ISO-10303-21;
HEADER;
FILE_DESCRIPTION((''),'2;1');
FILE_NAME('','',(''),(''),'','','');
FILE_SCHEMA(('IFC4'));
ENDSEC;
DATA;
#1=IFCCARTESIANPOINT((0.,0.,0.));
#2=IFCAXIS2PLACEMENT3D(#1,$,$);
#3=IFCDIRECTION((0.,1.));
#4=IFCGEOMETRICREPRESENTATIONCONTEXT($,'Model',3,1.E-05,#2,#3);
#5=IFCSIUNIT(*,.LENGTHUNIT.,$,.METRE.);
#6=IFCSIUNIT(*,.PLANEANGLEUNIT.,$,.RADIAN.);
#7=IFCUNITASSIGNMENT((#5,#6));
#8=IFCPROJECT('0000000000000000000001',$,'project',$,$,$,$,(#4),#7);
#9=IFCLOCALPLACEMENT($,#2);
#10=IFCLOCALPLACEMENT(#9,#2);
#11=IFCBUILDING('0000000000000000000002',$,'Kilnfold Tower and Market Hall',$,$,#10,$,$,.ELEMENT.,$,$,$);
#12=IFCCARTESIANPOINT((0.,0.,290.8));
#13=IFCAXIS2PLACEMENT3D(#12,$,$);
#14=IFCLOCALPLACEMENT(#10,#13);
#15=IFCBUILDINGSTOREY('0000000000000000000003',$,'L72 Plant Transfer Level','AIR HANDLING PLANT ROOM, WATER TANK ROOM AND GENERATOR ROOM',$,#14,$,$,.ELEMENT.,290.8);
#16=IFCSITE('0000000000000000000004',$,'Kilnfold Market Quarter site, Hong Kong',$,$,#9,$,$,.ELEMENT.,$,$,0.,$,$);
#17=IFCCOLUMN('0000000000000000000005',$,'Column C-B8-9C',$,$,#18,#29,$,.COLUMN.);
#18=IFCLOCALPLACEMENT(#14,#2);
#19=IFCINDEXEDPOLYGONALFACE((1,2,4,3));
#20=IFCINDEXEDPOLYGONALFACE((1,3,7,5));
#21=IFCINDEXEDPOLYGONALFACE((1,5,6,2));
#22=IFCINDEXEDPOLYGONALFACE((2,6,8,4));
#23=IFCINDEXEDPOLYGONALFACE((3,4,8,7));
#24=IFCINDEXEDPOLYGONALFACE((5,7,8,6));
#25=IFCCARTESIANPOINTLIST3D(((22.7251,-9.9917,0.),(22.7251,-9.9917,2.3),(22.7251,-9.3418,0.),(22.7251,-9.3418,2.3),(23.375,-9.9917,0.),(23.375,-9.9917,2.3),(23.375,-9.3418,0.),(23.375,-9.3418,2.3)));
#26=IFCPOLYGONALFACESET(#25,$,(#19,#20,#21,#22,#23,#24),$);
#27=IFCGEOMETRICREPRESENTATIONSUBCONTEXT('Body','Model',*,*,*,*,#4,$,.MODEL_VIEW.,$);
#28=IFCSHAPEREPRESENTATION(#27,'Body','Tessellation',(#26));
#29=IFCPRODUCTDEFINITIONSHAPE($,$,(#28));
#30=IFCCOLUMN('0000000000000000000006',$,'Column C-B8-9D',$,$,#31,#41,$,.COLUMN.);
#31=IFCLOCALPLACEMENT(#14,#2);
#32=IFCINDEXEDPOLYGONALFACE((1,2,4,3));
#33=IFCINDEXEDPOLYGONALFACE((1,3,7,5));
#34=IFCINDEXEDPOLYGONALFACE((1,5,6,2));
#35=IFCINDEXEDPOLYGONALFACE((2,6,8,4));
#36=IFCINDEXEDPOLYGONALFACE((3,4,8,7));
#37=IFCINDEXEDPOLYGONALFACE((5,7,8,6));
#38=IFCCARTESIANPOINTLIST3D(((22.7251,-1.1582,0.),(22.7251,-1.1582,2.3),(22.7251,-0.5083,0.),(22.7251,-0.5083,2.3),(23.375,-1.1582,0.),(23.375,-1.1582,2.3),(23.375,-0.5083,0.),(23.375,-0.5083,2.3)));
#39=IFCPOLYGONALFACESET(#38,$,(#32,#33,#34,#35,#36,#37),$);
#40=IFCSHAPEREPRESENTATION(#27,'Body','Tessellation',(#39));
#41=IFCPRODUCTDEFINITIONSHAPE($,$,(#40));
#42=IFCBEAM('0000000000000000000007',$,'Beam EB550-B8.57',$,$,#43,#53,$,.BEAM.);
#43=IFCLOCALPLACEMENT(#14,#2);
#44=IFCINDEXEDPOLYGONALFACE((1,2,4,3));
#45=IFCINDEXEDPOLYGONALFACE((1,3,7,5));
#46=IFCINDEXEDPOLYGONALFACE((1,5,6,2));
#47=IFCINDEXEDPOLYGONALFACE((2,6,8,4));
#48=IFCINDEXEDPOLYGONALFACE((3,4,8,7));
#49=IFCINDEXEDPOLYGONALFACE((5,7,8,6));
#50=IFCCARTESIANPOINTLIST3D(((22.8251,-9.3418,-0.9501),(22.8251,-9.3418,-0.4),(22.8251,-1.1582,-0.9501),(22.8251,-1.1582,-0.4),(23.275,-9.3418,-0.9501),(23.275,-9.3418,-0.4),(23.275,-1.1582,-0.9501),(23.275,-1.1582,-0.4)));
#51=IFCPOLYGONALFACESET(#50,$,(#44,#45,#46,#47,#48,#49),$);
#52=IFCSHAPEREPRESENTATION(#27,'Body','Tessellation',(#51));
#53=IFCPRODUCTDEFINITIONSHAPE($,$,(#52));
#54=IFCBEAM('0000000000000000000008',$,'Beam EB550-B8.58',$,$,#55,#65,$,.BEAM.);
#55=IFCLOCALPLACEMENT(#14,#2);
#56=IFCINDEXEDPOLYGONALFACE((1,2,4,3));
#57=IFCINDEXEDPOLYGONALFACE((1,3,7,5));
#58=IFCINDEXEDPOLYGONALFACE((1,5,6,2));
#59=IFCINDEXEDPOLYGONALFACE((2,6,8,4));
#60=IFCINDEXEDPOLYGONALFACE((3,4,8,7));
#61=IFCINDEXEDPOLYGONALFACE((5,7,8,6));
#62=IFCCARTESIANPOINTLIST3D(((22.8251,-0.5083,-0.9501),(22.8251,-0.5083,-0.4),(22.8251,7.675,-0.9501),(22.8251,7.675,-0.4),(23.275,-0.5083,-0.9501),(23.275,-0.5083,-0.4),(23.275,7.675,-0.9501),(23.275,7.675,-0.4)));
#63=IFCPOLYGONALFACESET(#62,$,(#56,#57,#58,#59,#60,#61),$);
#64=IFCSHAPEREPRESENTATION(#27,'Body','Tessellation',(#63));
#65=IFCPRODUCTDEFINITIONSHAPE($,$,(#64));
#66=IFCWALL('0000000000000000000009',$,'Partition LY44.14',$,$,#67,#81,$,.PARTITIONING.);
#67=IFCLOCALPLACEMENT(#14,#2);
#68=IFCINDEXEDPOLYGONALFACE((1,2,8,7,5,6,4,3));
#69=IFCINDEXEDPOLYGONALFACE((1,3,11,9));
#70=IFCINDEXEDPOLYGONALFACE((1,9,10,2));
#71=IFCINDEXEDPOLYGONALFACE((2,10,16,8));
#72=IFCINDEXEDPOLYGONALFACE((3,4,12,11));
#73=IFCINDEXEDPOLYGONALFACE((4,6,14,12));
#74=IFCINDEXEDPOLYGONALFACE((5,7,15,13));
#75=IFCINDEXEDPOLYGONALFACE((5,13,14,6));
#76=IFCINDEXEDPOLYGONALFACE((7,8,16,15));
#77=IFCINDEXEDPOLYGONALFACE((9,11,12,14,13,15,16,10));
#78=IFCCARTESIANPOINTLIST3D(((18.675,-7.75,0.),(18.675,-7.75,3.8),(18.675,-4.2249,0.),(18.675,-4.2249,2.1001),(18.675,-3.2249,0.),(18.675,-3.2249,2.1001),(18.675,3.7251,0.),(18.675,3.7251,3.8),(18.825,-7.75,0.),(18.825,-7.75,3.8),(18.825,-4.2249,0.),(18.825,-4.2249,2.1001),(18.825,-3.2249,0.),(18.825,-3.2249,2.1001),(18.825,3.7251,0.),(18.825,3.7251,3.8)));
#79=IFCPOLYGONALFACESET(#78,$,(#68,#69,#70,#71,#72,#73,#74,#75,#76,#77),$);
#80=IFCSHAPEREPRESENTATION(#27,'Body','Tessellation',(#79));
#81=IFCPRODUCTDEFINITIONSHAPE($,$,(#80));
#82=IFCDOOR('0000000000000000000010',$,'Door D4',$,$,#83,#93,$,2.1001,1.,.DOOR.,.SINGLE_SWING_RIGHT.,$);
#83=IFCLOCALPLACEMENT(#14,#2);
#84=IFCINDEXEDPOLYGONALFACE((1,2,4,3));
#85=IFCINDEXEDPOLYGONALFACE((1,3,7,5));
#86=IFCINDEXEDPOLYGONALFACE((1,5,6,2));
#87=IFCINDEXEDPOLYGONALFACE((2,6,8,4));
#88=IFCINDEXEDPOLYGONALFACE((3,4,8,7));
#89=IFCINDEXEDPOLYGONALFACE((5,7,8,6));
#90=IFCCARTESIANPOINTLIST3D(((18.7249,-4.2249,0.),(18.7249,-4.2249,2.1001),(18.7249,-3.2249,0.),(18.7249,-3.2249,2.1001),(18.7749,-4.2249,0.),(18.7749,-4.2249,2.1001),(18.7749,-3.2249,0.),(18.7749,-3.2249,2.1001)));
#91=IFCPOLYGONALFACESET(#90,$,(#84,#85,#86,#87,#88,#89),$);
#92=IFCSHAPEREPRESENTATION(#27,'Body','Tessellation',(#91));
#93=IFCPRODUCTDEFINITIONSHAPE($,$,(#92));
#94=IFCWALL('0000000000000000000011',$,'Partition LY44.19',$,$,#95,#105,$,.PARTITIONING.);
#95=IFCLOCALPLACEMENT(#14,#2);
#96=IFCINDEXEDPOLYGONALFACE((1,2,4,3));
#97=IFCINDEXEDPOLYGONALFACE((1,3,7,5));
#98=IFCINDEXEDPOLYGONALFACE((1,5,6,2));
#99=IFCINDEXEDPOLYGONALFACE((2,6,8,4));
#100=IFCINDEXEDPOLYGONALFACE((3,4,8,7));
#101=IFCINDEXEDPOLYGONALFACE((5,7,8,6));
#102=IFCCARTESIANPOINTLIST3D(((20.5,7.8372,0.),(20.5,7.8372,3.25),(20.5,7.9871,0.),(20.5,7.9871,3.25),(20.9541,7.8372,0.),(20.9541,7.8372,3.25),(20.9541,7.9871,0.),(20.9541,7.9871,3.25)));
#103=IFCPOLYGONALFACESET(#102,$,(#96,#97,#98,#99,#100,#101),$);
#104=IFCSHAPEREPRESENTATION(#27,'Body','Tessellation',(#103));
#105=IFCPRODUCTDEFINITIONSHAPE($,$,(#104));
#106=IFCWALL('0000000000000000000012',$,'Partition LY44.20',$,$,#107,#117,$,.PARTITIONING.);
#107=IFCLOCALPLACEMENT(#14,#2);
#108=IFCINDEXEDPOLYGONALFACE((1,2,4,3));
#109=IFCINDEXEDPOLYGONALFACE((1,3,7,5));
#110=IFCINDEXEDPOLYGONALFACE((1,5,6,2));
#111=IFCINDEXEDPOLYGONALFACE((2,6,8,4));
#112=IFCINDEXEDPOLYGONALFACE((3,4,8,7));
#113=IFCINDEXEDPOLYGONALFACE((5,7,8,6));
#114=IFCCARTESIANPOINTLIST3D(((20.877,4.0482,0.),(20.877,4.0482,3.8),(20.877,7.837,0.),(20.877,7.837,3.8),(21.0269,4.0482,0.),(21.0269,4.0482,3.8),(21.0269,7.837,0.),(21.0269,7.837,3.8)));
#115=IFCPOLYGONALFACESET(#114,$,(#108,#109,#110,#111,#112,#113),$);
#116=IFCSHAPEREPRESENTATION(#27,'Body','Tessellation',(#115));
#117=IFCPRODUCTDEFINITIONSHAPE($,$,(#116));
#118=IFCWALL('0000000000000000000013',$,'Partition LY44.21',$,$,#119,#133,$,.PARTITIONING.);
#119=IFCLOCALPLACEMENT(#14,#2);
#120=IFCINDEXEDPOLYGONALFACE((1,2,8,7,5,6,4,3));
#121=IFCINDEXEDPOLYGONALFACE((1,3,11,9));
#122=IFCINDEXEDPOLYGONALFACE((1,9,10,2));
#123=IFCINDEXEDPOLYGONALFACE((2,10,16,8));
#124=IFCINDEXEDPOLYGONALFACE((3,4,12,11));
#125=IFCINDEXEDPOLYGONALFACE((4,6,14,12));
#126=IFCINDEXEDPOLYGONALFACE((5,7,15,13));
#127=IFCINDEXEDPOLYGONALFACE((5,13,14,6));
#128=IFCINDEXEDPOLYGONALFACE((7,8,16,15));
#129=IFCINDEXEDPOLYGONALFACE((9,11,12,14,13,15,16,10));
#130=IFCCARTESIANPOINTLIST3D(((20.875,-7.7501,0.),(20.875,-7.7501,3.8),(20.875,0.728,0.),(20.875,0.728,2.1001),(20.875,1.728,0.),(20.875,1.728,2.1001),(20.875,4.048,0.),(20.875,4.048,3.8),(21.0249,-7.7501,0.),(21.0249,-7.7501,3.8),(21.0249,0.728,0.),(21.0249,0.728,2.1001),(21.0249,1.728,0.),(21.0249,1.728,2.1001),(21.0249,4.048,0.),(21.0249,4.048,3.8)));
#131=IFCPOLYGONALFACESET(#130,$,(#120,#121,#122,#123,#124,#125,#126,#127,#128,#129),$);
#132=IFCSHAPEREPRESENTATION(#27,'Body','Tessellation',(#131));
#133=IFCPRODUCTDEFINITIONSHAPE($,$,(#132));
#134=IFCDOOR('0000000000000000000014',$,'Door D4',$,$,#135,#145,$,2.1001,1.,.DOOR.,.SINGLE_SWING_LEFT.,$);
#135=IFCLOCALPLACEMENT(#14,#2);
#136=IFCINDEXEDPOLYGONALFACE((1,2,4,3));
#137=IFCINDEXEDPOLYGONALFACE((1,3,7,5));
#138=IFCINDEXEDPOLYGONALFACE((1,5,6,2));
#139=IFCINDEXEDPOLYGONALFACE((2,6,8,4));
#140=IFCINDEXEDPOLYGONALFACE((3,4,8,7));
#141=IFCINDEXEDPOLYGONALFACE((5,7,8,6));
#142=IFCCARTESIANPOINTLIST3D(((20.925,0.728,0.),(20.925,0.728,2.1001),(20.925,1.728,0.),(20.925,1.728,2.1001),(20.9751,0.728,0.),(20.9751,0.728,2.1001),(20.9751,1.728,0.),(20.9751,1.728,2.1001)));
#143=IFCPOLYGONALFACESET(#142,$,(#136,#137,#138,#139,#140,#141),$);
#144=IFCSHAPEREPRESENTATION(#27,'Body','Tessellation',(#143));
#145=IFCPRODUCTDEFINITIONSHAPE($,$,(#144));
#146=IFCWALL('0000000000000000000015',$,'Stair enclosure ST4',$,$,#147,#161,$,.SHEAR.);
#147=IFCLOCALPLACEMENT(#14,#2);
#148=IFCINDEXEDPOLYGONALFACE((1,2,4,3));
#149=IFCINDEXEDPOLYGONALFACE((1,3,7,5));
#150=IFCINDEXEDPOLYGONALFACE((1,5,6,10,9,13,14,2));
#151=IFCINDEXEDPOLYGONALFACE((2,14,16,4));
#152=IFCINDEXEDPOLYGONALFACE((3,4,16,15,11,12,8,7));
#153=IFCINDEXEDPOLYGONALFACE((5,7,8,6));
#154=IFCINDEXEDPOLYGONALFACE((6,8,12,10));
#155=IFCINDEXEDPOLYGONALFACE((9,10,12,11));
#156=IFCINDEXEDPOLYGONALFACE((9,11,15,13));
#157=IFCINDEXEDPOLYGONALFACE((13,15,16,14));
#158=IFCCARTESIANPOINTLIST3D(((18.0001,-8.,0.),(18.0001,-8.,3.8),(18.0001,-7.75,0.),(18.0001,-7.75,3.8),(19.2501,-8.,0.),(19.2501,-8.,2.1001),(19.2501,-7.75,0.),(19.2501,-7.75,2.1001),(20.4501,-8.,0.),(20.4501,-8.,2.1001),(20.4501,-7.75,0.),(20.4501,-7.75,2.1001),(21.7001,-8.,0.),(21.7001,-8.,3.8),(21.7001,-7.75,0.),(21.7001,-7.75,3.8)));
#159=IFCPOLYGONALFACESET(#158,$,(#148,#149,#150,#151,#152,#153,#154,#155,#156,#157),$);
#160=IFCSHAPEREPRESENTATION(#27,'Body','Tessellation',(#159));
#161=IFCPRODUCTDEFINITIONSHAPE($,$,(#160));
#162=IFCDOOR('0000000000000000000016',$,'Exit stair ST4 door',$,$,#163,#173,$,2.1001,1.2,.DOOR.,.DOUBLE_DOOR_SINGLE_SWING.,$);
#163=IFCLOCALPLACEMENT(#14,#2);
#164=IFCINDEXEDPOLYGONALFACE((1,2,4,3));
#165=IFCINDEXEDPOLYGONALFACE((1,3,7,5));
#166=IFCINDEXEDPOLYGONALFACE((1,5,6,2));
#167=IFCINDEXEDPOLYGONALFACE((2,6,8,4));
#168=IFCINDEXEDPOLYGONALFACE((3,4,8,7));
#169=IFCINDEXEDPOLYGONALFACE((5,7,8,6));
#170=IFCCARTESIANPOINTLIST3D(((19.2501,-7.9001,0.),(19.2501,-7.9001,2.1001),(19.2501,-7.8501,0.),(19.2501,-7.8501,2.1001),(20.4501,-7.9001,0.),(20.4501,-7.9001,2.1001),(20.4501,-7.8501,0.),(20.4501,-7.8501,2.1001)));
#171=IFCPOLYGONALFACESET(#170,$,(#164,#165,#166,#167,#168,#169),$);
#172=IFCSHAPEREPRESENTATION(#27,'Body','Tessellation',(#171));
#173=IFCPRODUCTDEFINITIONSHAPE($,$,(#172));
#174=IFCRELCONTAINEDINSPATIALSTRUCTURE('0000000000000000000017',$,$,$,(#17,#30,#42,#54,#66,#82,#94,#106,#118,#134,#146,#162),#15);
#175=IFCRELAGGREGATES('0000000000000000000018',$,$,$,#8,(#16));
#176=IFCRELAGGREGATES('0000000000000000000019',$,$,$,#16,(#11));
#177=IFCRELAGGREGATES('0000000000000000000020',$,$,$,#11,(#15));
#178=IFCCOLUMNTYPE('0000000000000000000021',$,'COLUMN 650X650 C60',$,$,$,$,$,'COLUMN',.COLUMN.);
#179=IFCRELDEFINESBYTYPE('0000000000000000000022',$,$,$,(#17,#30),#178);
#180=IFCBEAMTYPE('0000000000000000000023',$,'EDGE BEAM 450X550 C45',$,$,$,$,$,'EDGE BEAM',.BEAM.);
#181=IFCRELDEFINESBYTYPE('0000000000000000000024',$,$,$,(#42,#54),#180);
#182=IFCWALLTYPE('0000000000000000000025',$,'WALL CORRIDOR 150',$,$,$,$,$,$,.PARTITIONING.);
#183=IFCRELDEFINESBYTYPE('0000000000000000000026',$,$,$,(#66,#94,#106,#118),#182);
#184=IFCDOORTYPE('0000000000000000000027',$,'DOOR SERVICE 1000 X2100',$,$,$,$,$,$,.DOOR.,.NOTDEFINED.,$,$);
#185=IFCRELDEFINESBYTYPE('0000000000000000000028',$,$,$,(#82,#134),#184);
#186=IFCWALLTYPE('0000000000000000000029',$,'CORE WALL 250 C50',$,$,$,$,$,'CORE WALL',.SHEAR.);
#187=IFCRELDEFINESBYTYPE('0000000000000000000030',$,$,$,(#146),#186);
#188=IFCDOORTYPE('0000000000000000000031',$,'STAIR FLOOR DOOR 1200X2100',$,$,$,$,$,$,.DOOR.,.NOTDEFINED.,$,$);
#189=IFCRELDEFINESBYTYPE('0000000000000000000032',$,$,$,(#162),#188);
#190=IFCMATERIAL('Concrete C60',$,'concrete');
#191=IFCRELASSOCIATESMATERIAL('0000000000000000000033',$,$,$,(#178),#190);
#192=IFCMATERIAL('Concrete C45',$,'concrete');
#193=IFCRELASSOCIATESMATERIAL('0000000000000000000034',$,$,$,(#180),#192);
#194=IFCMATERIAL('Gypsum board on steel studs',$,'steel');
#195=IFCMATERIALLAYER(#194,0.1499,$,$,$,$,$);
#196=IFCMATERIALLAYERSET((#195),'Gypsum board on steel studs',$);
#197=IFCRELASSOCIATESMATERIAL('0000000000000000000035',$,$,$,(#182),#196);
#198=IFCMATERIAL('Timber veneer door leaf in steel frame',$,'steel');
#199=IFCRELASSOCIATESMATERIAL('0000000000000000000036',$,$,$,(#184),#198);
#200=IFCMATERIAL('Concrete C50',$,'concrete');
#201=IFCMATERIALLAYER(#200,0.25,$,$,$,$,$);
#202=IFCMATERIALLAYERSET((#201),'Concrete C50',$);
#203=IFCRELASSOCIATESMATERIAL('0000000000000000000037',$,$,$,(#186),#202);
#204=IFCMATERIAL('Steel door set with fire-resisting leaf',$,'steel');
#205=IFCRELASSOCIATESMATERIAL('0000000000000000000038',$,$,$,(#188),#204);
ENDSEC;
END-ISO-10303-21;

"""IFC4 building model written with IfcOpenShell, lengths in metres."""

from ifc_helpers import new_model, si_unit, direction, frame, frame_2d, origin, origin_2d, place, context, subcontext, project, spatial, rectangle, extrude, source, transform, mapped, material, layer, layer_set, material_profile, profile_set, type_object, element, fill, save


model = new_model("IFC4")

# Units and contexts
model_context = context("Model", 3, precision=1e-05, world=origin(), true_north=direction((0.0, 1.0)))
body_context = subcontext(model_context, "Body", "Model", "MODEL_VIEW")
ifc_project = project(units=[si_unit("LENGTHUNIT", "METRE"), si_unit("PLANEANGLEUNIT", "RADIAN")], contexts=[model_context])

# Site, building, storey
site_placement = place(None, origin())
site = spatial("IfcSite", under=ifc_project, at=site_placement, Name="Kilnfold Market Quarter site, Hong Kong", CompositionType="ELEMENT", RefElevation=0.0)
building_placement = place(site_placement, origin())
building = spatial("IfcBuilding", under=site, at=building_placement, Name="Kilnfold Tower and Market Hall", CompositionType="ELEMENT")
storey_placement = place(building_placement, frame((0.0, 0.0, 290.8)))
storey = spatial("IfcBuildingStorey", under=building, at=storey_placement, Name="L72 Plant Transfer Level", Description="AIR HANDLING PLANT ROOM, WATER TANK ROOM AND GENERATOR ROOM", CompositionType="ELEMENT", Elevation=290.8)

# Columns
ifc_material_1 = material(Name="Concrete C60", Category="concrete")
ifc_material_profile_1 = material_profile(ifc_material_1, rectangle(XDim=0.6499, YDim=0.6499, at=origin_2d()), Name="RC 650x650")
ifc_profile_set_1 = profile_set([ifc_material_profile_1], Name="Concrete C60")
column_type = type_object("IfcColumnType", Name="COLUMN 650X650 C60", ElementType="COLUMN", PredefinedType="COLUMN", material=ifc_profile_set_1)
shared_shape_1 = source(origin(), body_context, "Body", "SweptSolid", [
    extrude(rectangle(XDim=0.6499, YDim=0.6499, at=origin_2d()), origin(), (0.0, 0.0, 1.0), 2.3),
])
for number, where, z_axis, x_axis, name in (
    (1, (23.05, -9.6667, 0.0), (0.0, 0.0, 1.0), (1.0, 0.0, 0.0), "Column C-B8-9C"),
    (2, (23.05, -0.8333, 0.0), (0.0, 0.0, 1.0), (1.0, 0.0, 0.0), "Column C-B8-9D"),
):
    element("IfcColumn", number, at=place(storey_placement, frame(where, z_axis=z_axis, x_axis=x_axis)), inside=storey, type_object=column_type, Name=name, PredefinedType="COLUMN", context=body_context, shape_type="MappedRepresentation", body=[
        mapped(shared_shape_1, transform((0.0, 0.0, 0.0))),
    ])

# Beams
ifc_material_2 = material(Name="Concrete C45", Category="concrete")
ifc_material_profile_2 = material_profile(ifc_material_2, rectangle(XDim=0.45, YDim=0.55, at=origin_2d()), Name="RC 450x550")
ifc_profile_set_2 = profile_set([ifc_material_profile_2], Name="Concrete C45")
beam_type = type_object("IfcBeamType", Name="EDGE BEAM 450X550 C45", ElementType="EDGE BEAM", PredefinedType="BEAM", material=ifc_profile_set_2)
shared_shape_2 = source(origin(), body_context, "Body", "SweptSolid", [
    extrude(rectangle(XDim=0.45, YDim=0.55, at=origin_2d()), origin(), (0.0, 0.0, 1.0), 8.1836),
])
beam_1_placement = place(storey_placement, frame((23.05, -9.3418, -0.675), z_axis=(0.0, 1.0, 0.0), x_axis=(-1.0, 0.0, 0.0)))
element("IfcBeam", 3, at=beam_1_placement, inside=storey, type_object=beam_type, Name="Beam EB550-B8.57", PredefinedType="BEAM", context=body_context, shape_type="MappedRepresentation", body=[
    mapped(shared_shape_2, transform((0.0, 0.0, 0.0))),
])
shared_shape_3 = source(origin(), body_context, "Body", "SweptSolid", [
    extrude(rectangle(XDim=0.45, YDim=0.55, at=origin_2d()), origin(), (0.0, 0.0, 1.0), 8.1833),
])
beam_2_placement = place(storey_placement, frame((23.05, -0.5083, -0.675), z_axis=(0.0, 1.0, 0.0), x_axis=(-1.0, 0.0, 0.0)))
element("IfcBeam", 4, at=beam_2_placement, inside=storey, type_object=beam_type, Name="Beam EB550-B8.58", PredefinedType="BEAM", context=body_context, shape_type="MappedRepresentation", body=[
    mapped(shared_shape_3, transform((0.0, 0.0, 0.0))),
])

# Wall, opening, door
ifc_material_3 = material(Name="Gypsum board on steel studs", Category="steel")
ifc_layer_1 = layer(ifc_material_3, 0.1499)
ifc_layer_set_1 = layer_set([ifc_layer_1], Name="Gypsum board on steel studs")
wall_type_1 = type_object("IfcWallType", Name="WALL CORRIDOR 150", PredefinedType="PARTITIONING", material=ifc_layer_set_1)
wall_1_placement = place(storey_placement, frame((18.75, 3.7251, 0.0), z_axis=(0.0, 0.0, 1.0), x_axis=(0.0, -1.0, 0.0)))
wall_1 = element("IfcWall", 5, at=wall_1_placement, inside=storey, type_object=wall_type_1, Name="Partition LY44.14", PredefinedType="PARTITIONING", context=body_context, shape_type="SweptSolid", body=[
    extrude(rectangle(XDim=11.4751, YDim=0.1499, at=frame_2d((5.7375, 0.0))), origin(), (0.0, 0.0, 1.0), 3.8),
])
opening_1_placement = place(wall_1_placement, frame((6.95, 0.0, 0.0)))
opening_1 = element("IfcOpeningElement", 6, at=opening_1_placement, cuts=wall_1, PredefinedType="OPENING", context=body_context, shape_type="SweptSolid", body=[
    extrude(rectangle(XDim=1.0, YDim=2.1001, at=frame_2d((0.5, 1.05))), frame((0.0, 0.085, 0.0), z_axis=(0.0, -1.0, 0.0), x_axis=(1.0, 0.0, 0.0)), (0.0, 0.0, 1.0), 0.1699),
])
ifc_material_4 = material(Name="Timber veneer door leaf in steel frame", Category="steel")
door_type_1 = type_object("IfcDoorType", Name="DOOR SERVICE 1000 X2100", OperationType="NOTDEFINED", PredefinedType="DOOR", material=ifc_material_4)
door_1_placement = place(opening_1_placement, origin())
door_1 = element("IfcDoor", 7, at=door_1_placement, inside=storey, type_object=door_type_1, Name="Door D4", OperationType="SINGLE_SWING_RIGHT", OverallHeight=2.1001, OverallWidth=1.0, PredefinedType="DOOR", context=body_context, shape_type="SweptSolid", body=[
    extrude(rectangle(XDim=1.0, YDim=2.1001, at=frame_2d((0.5, 1.05))), frame((0.0, 0.0249, 0.0), z_axis=(0.0, -1.0, 0.0), x_axis=(1.0, 0.0, 0.0)), (0.0, 0.0, 1.0), 0.05),
])
fill(opening_1, door_1)

# Walls
wall_2_placement = place(storey_placement, frame((20.9541, 7.9121, 0.0), z_axis=(0.0, 0.0, 1.0), x_axis=(-1.0, 0.0, 0.0)))
element("IfcWall", 8, at=wall_2_placement, inside=storey, type_object=wall_type_1, Name="Partition LY44.19", PredefinedType="PARTITIONING", context=body_context, shape_type="SweptSolid", body=[
    extrude(rectangle(XDim=0.4541, YDim=0.1499, at=frame_2d((0.2271, 0.0))), origin(), (0.0, 0.0, 1.0), 3.25),
])
wall_3_placement = place(storey_placement, frame((20.9519, 4.0481, 0.0), z_axis=(0.0, 0.0, 1.0), x_axis=(0.0, 1.0, 0.0)))
element("IfcWall", 9, at=wall_3_placement, inside=storey, type_object=wall_type_1, Name="Partition LY44.20", PredefinedType="PARTITIONING", context=body_context, shape_type="SweptSolid", body=[
    extrude(rectangle(XDim=3.7888, YDim=0.1499, at=frame_2d((1.8945, 0.0))), origin(), (0.0, 0.0, 1.0), 3.8),
])

# Walls, openings, doors
wall_4_placement = place(storey_placement, frame((20.95, -7.75, 0.0), z_axis=(0.0, 0.0, 1.0), x_axis=(0.0, 1.0, 0.0)))
wall_4 = element("IfcWall", 10, at=wall_4_placement, inside=storey, type_object=wall_type_1, Name="Partition LY44.21", PredefinedType="PARTITIONING", context=body_context, shape_type="SweptSolid", body=[
    extrude(rectangle(XDim=11.7981, YDim=0.1499, at=frame_2d((5.8989, 0.0))), origin(), (0.0, 0.0, 1.0), 3.8),
])
opening_2_placement = place(wall_4_placement, frame((8.478, 0.0, 0.0)))
opening_2 = element("IfcOpeningElement", 11, at=opening_2_placement, cuts=wall_4, PredefinedType="OPENING", context=body_context, shape_type="SweptSolid", body=[
    extrude(rectangle(XDim=1.0, YDim=2.1001, at=frame_2d((0.5, 1.05))), frame((0.0, 0.085, 0.0), z_axis=(0.0, -1.0, 0.0), x_axis=(1.0, 0.0, 0.0)), (0.0, 0.0, 1.0), 0.1699),
])
door_2_placement = place(opening_2_placement, origin())
door_2 = element("IfcDoor", 12, at=door_2_placement, inside=storey, type_object=door_type_1, Name="Door D4", OperationType="SINGLE_SWING_LEFT", OverallHeight=2.1001, OverallWidth=1.0, PredefinedType="DOOR", context=body_context, shape_type="SweptSolid", body=[
    extrude(rectangle(XDim=1.0, YDim=2.1001, at=frame_2d((0.5, 1.05))), frame((0.0, 0.0249, 0.0), z_axis=(0.0, -1.0, 0.0), x_axis=(1.0, 0.0, 0.0)), (0.0, 0.0, 1.0), 0.05),
])
fill(opening_2, door_2)
ifc_material_5 = material(Name="Concrete C50", Category="concrete")
ifc_layer_2 = layer(ifc_material_5, 0.25)
ifc_layer_set_2 = layer_set([ifc_layer_2], Name="Concrete C50")
wall_type_2 = type_object("IfcWallType", Name="CORE WALL 250 C50", ElementType="CORE WALL", PredefinedType="SHEAR", material=ifc_layer_set_2)
shared_shape_4 = source(origin(), body_context, "Body", "SweptSolid", [
    extrude(rectangle(XDim=3.7, YDim=0.25, at=frame_2d((1.8501, 0.0))), origin(), (0.0, 0.0, 1.0), 3.8),
])
wall_5_placement = place(storey_placement, frame((18.0, -7.875, 0.0), z_axis=(0.0, 0.0, 1.0), x_axis=(1.0, 0.0, 0.0)))
wall_5 = element("IfcWall", 13, at=wall_5_placement, inside=storey, type_object=wall_type_2, Name="Stair enclosure ST4", PredefinedType="SHEAR", context=body_context, shape_type="MappedRepresentation", body=[
    mapped(shared_shape_4, transform((0.0, 0.0, 0.0))),
])
opening_3_placement = place(wall_5_placement, frame((1.25, 0.0, 0.0)))
opening_3 = element("IfcOpeningElement", 14, at=opening_3_placement, cuts=wall_5, PredefinedType="OPENING", context=body_context, shape_type="SweptSolid", body=[
    extrude(rectangle(XDim=1.2, YDim=2.1001, at=frame_2d((0.6001, 1.05))), frame((0.0, 0.135, 0.0), z_axis=(0.0, -1.0, 0.0), x_axis=(1.0, 0.0, 0.0)), (0.0, 0.0, 1.0), 0.27),
])
ifc_material_6 = material(Name="Steel door set with fire-resisting leaf", Category="steel")
door_type_2 = type_object("IfcDoorType", Name="STAIR FLOOR DOOR 1200X2100", OperationType="NOTDEFINED", PredefinedType="DOOR", material=ifc_material_6)
door_3_placement = place(opening_3_placement, origin())
door_3 = element("IfcDoor", 15, at=door_3_placement, inside=storey, type_object=door_type_2, Name="Exit stair ST4 door", OperationType="DOUBLE_DOOR_SINGLE_SWING", OverallHeight=2.1001, OverallWidth=1.2, PredefinedType="DOOR", context=body_context, shape_type="SweptSolid", body=[
    extrude(rectangle(XDim=1.2, YDim=2.1001, at=frame_2d((0.6001, 1.05))), frame((0.0, 0.0249, 0.0), z_axis=(0.0, -1.0, 0.0), x_axis=(1.0, 0.0, 0.0)), (0.0, 0.0, 1.0), 0.05),
])
fill(opening_3, door_3)

save(model, "model.ifc")
